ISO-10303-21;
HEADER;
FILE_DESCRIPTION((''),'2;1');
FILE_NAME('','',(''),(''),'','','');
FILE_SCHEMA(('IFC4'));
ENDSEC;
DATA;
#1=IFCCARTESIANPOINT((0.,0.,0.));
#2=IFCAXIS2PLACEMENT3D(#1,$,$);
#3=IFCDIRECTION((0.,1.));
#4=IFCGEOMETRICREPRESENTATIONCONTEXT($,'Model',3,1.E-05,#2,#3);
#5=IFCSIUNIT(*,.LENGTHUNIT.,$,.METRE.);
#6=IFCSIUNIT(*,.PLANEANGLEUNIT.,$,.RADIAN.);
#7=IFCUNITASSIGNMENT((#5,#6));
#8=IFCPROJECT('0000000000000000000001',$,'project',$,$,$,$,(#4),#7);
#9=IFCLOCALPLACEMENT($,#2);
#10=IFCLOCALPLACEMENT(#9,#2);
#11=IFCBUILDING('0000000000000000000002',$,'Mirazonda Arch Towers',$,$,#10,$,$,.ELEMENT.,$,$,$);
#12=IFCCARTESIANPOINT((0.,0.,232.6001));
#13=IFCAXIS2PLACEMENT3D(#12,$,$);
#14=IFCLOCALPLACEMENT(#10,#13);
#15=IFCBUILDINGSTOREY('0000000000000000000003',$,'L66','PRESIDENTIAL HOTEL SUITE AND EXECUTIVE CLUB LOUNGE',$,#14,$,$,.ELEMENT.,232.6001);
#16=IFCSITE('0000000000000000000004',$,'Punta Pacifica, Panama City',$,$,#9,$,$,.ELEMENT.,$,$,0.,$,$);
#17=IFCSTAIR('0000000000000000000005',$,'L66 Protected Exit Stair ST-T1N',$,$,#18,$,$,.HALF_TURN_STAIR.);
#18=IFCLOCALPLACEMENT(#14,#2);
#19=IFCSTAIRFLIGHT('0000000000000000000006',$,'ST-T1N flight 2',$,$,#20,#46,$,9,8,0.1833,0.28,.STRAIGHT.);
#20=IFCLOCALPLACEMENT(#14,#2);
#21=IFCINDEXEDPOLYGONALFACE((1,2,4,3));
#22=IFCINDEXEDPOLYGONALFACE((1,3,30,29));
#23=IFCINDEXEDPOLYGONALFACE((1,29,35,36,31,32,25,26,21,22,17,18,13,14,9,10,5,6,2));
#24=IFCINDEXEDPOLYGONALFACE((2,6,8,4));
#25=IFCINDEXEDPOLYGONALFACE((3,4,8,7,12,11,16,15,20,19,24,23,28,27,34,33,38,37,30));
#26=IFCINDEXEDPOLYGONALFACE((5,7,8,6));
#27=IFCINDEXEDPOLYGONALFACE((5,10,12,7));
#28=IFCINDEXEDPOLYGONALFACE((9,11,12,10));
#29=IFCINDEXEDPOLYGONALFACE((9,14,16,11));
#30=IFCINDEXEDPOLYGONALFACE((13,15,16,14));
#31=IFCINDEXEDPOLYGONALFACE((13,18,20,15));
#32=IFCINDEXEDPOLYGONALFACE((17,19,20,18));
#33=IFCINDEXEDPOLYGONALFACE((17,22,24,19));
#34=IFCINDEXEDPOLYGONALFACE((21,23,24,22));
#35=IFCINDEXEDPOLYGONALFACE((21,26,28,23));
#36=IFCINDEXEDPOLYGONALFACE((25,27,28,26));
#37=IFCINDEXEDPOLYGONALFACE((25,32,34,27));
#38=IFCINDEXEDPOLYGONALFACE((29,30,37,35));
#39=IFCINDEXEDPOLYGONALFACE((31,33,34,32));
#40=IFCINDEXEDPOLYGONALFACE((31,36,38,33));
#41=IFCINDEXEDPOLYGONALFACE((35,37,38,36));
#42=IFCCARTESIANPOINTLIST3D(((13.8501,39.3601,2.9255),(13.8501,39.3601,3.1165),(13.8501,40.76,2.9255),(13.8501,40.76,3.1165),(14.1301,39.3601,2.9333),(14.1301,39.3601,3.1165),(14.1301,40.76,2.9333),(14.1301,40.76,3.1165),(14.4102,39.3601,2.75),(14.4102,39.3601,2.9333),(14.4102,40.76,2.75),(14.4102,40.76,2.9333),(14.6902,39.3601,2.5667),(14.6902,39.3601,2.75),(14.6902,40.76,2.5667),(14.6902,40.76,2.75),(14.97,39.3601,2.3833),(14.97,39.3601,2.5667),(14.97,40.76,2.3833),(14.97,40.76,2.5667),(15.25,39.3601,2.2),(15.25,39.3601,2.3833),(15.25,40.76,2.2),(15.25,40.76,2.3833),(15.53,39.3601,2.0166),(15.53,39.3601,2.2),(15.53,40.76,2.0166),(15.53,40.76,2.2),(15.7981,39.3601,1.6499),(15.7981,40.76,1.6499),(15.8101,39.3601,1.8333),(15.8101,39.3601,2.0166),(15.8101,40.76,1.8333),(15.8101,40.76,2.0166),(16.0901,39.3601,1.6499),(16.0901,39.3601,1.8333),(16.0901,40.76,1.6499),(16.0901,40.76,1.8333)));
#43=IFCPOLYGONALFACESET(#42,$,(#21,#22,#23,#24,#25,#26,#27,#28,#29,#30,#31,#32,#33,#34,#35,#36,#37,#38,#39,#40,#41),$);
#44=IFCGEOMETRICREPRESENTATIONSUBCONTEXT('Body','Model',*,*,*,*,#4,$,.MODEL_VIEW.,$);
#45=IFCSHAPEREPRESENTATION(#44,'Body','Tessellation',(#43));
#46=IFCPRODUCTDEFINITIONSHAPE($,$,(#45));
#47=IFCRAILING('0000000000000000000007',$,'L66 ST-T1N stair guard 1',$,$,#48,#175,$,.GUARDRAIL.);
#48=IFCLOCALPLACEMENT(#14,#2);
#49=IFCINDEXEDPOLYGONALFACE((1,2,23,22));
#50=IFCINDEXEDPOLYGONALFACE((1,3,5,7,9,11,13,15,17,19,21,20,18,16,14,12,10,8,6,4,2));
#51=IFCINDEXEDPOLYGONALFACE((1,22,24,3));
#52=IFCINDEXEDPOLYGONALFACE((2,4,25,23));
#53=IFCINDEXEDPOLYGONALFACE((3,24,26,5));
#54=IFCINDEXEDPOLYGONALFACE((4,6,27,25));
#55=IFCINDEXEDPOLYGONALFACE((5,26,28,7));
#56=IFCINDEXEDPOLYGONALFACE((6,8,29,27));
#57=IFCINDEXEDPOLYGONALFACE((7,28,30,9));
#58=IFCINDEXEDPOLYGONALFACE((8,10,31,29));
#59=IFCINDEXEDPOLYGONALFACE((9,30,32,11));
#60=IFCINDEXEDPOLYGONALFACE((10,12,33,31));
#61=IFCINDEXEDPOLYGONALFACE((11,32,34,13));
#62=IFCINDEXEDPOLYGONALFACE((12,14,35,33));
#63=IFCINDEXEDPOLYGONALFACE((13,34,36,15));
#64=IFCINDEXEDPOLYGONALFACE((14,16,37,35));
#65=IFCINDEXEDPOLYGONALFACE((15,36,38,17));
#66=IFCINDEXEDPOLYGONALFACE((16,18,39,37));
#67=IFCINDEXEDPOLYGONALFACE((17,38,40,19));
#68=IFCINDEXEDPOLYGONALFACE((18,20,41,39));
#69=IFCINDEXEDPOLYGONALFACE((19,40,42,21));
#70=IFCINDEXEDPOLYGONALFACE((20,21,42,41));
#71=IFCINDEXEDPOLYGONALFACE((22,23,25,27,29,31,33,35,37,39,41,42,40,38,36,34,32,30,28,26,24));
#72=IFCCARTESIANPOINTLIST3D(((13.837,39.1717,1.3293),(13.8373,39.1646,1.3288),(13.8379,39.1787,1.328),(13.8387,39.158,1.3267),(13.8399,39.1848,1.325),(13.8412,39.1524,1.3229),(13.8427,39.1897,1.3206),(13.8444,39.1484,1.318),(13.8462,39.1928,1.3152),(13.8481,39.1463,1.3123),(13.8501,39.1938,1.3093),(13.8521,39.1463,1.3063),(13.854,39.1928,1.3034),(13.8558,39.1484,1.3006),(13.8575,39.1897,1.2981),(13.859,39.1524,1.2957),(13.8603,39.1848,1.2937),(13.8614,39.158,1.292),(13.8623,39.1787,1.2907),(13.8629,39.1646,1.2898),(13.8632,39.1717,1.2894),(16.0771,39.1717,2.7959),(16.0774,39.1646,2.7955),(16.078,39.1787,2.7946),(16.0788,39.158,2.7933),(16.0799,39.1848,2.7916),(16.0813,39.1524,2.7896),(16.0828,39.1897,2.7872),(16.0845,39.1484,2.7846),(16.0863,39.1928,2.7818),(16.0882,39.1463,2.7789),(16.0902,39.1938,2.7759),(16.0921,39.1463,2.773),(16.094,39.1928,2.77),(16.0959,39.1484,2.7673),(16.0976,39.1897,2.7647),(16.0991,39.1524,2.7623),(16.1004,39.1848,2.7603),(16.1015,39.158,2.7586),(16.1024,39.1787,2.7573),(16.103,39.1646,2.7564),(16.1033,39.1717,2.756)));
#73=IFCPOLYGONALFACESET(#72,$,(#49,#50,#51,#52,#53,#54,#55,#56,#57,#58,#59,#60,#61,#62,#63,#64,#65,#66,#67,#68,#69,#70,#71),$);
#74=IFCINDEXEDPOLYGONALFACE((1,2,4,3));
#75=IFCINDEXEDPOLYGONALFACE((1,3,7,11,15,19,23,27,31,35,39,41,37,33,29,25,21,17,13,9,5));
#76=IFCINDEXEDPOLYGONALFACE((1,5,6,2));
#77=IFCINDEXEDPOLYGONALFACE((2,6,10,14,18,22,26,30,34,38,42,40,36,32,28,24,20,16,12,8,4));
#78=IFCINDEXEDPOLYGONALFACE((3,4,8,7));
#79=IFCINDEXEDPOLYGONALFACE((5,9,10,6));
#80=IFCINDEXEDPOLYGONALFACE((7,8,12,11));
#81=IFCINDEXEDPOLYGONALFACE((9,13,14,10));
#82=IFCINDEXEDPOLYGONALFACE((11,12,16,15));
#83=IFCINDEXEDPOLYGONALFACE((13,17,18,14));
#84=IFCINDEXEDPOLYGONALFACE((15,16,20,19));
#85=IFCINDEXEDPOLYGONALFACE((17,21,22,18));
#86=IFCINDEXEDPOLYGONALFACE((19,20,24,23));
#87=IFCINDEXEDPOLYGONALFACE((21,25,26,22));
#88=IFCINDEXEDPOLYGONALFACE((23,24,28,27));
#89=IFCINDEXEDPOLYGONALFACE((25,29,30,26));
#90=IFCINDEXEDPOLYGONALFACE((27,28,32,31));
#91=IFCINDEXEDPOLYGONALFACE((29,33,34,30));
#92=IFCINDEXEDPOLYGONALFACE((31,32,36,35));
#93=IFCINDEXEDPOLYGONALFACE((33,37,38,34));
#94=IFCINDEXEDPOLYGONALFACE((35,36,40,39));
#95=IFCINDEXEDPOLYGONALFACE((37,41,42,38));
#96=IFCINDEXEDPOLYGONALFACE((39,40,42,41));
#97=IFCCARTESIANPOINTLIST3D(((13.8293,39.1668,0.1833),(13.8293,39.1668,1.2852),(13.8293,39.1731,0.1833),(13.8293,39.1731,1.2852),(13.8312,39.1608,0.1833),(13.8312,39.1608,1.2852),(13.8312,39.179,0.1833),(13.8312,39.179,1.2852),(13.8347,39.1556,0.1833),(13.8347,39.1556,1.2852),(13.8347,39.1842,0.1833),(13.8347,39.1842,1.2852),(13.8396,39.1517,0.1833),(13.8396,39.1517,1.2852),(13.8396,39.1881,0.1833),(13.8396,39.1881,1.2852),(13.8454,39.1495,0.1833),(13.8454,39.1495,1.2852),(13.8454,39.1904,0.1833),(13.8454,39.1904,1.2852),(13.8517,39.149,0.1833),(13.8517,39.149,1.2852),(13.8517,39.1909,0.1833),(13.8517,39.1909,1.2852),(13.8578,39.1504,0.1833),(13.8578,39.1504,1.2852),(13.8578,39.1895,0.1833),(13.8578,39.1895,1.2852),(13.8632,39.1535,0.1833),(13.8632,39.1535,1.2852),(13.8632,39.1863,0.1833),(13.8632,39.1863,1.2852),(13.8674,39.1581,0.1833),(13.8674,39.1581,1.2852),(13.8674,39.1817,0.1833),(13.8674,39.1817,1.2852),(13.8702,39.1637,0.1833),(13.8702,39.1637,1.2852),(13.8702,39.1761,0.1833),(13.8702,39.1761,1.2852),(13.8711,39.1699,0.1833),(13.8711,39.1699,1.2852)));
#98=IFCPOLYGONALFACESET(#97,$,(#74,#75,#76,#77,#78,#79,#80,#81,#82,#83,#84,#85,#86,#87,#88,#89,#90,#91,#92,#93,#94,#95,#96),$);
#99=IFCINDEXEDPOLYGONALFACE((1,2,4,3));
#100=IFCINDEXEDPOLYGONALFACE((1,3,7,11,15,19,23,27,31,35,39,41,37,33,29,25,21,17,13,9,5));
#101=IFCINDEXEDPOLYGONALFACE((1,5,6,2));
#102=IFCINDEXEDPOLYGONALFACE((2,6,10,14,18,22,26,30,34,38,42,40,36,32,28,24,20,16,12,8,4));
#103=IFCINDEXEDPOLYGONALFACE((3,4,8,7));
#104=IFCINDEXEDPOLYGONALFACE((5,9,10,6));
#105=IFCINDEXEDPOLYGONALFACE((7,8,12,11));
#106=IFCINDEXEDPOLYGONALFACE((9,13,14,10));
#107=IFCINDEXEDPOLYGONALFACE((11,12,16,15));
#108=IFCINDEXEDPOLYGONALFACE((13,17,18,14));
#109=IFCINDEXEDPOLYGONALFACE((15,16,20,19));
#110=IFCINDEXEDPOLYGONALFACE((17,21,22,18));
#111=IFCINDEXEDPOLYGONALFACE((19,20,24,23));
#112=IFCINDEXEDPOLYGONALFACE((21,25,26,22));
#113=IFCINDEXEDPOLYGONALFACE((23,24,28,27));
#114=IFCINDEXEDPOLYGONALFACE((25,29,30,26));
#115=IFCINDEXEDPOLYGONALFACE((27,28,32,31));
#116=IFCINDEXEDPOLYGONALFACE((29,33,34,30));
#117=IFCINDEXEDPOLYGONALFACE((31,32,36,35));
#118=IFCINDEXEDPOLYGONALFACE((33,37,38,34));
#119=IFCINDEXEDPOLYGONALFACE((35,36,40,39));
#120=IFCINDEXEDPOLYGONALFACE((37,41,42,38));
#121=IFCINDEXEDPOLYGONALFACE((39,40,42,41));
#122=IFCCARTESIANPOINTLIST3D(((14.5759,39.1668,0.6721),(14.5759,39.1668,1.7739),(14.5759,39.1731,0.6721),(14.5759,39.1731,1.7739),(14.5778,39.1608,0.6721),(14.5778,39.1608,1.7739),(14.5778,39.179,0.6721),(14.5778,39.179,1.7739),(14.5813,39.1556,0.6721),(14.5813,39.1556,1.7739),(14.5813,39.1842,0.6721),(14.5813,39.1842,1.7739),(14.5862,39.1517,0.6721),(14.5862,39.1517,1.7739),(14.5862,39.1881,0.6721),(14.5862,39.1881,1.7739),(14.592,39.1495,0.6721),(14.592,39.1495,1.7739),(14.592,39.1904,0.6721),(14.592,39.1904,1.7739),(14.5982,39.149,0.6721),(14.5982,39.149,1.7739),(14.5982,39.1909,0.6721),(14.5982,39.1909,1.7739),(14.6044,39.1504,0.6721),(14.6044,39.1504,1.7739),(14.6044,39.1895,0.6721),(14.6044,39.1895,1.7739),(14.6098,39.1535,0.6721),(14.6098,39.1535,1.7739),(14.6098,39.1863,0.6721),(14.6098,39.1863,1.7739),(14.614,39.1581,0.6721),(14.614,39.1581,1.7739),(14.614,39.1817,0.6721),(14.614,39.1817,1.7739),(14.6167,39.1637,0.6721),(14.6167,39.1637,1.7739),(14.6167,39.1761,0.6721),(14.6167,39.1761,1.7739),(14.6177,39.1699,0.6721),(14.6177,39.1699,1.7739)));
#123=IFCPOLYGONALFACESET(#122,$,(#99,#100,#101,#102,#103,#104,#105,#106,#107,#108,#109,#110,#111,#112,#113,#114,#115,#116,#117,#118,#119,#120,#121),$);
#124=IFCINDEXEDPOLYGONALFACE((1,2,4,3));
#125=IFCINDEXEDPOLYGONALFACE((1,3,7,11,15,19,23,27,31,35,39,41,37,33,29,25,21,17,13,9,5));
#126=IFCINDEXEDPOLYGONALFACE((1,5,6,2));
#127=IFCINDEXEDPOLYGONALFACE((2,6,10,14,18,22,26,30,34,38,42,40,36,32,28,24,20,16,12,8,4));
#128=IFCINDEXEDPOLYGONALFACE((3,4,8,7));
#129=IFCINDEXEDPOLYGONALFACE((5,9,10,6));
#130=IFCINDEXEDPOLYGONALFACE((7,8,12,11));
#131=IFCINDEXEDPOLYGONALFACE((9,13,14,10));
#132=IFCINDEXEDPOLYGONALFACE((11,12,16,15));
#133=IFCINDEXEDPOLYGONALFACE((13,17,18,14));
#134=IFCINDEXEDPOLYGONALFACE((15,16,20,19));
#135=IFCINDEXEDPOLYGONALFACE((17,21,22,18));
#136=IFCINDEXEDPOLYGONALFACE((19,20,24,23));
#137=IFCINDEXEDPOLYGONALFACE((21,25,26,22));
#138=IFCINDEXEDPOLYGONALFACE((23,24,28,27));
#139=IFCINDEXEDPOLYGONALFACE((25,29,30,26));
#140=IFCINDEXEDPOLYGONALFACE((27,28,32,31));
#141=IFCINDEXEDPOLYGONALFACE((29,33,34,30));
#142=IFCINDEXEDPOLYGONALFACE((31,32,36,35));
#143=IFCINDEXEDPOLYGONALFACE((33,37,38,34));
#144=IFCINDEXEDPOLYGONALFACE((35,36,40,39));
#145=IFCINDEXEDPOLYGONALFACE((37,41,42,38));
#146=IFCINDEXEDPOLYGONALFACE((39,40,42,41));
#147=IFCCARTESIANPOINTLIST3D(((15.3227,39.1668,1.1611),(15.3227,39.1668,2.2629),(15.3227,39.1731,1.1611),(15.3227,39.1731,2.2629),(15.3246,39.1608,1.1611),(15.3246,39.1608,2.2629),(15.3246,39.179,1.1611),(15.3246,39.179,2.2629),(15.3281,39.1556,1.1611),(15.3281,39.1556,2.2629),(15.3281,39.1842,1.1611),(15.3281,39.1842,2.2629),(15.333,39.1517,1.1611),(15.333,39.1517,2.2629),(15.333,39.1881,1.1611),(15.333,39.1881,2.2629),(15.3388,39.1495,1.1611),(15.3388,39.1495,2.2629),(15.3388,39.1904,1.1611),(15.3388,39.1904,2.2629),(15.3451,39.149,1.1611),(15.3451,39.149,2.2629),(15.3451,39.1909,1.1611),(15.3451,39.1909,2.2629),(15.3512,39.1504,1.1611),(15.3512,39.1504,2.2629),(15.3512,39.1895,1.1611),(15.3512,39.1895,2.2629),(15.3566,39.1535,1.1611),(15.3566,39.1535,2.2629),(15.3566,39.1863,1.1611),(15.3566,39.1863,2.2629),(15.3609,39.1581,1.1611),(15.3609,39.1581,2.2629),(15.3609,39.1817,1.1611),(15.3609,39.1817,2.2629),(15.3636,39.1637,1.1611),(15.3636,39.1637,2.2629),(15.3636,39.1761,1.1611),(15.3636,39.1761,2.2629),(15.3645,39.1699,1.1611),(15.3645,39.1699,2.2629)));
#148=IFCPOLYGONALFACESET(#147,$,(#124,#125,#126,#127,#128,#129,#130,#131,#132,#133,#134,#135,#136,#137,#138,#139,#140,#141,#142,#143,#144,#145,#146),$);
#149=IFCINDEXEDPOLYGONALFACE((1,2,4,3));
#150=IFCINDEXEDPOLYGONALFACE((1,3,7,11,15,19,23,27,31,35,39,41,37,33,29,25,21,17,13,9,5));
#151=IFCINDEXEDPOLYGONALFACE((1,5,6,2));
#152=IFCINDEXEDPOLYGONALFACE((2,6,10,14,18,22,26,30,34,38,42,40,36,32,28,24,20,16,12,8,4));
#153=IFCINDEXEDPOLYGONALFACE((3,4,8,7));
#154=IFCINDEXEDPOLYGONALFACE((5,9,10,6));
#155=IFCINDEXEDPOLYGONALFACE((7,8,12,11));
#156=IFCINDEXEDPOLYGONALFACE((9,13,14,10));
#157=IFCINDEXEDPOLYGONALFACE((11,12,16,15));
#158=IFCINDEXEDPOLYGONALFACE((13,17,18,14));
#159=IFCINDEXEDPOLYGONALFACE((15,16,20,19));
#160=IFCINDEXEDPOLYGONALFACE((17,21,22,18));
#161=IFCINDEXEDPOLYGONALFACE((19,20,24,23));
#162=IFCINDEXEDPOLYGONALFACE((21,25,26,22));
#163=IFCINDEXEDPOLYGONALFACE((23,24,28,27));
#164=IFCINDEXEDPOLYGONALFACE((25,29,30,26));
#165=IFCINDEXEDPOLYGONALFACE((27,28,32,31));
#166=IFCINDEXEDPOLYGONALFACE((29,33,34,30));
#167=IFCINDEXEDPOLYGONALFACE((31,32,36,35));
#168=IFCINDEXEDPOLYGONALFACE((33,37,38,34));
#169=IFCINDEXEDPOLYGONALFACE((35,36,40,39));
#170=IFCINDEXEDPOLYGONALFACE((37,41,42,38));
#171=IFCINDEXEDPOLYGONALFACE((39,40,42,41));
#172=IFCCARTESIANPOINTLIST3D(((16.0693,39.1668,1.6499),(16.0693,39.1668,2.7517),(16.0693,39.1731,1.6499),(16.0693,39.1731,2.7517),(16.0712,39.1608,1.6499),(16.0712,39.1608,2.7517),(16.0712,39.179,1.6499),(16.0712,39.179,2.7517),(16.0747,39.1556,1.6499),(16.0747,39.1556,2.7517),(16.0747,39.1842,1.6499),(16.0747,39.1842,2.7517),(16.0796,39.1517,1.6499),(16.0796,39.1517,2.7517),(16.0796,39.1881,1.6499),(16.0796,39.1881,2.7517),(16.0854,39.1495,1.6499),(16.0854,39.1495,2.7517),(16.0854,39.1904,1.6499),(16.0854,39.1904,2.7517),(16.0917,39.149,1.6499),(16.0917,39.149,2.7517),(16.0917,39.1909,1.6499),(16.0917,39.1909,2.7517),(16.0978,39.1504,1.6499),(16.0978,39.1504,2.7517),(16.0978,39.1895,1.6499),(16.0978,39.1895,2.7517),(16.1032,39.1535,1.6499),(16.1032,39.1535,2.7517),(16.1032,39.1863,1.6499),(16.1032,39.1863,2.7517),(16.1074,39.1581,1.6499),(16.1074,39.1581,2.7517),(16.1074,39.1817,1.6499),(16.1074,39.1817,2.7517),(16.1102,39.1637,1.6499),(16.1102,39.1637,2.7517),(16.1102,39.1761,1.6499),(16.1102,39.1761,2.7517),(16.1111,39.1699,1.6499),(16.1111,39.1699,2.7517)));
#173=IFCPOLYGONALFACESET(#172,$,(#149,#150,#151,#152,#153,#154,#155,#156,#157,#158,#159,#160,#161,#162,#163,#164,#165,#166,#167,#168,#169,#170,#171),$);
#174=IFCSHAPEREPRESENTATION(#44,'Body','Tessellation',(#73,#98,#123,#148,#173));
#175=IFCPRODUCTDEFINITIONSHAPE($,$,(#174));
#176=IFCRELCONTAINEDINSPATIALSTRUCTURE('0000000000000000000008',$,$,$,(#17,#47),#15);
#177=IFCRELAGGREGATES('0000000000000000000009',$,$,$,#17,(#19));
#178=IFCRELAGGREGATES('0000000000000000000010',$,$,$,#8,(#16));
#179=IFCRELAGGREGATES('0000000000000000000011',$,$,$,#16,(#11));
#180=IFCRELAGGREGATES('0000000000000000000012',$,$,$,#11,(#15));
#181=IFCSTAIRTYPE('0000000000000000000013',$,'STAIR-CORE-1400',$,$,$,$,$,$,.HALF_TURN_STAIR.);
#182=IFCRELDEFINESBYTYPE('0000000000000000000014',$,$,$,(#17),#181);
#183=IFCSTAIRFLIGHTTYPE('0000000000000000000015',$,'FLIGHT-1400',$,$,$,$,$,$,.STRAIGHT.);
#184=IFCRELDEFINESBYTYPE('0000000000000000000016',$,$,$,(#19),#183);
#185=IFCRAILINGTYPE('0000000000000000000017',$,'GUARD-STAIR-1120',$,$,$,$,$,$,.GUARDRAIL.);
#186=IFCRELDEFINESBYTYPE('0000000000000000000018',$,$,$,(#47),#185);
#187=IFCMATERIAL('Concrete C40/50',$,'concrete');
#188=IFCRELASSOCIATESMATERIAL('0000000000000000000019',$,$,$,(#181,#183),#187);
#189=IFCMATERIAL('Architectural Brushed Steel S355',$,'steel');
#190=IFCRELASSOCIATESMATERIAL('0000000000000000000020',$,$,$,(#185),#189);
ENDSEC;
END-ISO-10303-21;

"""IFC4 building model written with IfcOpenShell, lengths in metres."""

from ifc_helpers import new_model, si_unit, direction, frame, origin, origin_2d, place, context, subcontext, project, spatial, polyline, circle, outline, extrude, material, type_object, element, aggregate, save


model = new_model("IFC4")

# Units and contexts
model_context = context("Model", 3, precision=1e-05, world=origin(), true_north=direction((0.0, 1.0)))
body_context = subcontext(model_context, "Body", "Model", "MODEL_VIEW")
ifc_project = project(units=[si_unit("LENGTHUNIT", "METRE"), si_unit("PLANEANGLEUNIT", "RADIAN")], contexts=[model_context])

# Site, building, storey
site_placement = place(None, origin())
site = spatial("IfcSite", under=ifc_project, at=site_placement, Name="Punta Pacifica, Panama City", CompositionType="ELEMENT", RefElevation=0.0)
building_placement = place(site_placement, origin())
building = spatial("IfcBuilding", under=site, at=building_placement, Name="Mirazonda Arch Towers", CompositionType="ELEMENT")
storey_placement = place(building_placement, frame((0.0, 0.0, 232.6001)))
storey = spatial("IfcBuildingStorey", under=building, at=storey_placement, Name="L66", Description="PRESIDENTIAL HOTEL SUITE AND EXECUTIVE CLUB LOUNGE", CompositionType="ELEMENT", Elevation=232.6001)

# Shared definitions
ifc_material_1 = material(Name="Architectural Brushed Steel S355", Category="steel")

# Stair, stair flight
ifc_material_2 = material(Name="Concrete C40/50", Category="concrete")
stair_type = type_object("IfcStairType", Name="STAIR-CORE-1400", PredefinedType="HALF_TURN_STAIR", material=ifc_material_2)
stair_placement = place(storey_placement, origin())
stair = element("IfcStair", 1, at=stair_placement, inside=storey, type_object=stair_type, Name="L66 Protected Exit Stair ST-T1N", PredefinedType="HALF_TURN_STAIR")
stair_flight_type = type_object("IfcStairFlightType", Name="FLIGHT-1400", PredefinedType="STRAIGHT", material=ifc_material_2)
stair_flight_1_placement = place(storey_placement, frame((16.0901, 40.0601, 1.6499), z_axis=(0.0, 0.0, 1.0), x_axis=(-1.0, 0.0, 0.0)))
stair_flight_1 = element("IfcStairFlight", 2, at=stair_flight_1_placement, type_object=stair_flight_type, Name="ST-T1N flight 2", NumberOfRisers=9, NumberOfTreads=8, PredefinedType="STRAIGHT", RiserHeight=0.1833, TreadLength=0.28, context=body_context, shape_type="SweptSolid", body=[
    extrude(outline(polyline([(0.0, 0.0), (0.0, 0.1833), (0.28, 0.1833), (0.28, 0.3667), (0.5601, 0.3667), (0.5601, 0.55), (0.8401, 0.55), (0.8401, 0.7334), (1.1201, 0.7334), (1.1201, 0.9167), (1.3999, 0.9167), (1.3999, 1.1001), (1.6799, 1.1001), (1.6799, 1.2834), (1.96, 1.2834), (1.96, 1.4666), (2.24, 1.4666), (2.24, 1.6499), (2.24, 1.2756), (0.292, 0.0), (0.0, 0.0)])), frame((0.0, 0.7, 0.0), z_axis=(0.0, -1.0, 0.0), x_axis=(1.0, 0.0, 0.0)), (0.0, 0.0, 1.0), 1.3999),
])
aggregate(stair, [stair_flight_1])

# Railing
railing_type_1 = type_object("IfcRailingType", Name="GUARD-STAIR-1120", PredefinedType="GUARDRAIL", material=ifc_material_1)
railing_1_placement = place(storey_placement, frame((13.8501, 39.1699, 0.1833)))
element("IfcRailing", 3, at=railing_1_placement, inside=storey, type_object=railing_type_1, Name="L66 ST-T1N stair guard 1", PredefinedType="GUARDRAIL", context=body_context, shape_type="SweptSolid", body=[
    extrude(circle(Radius=0.0239, at=origin_2d()), frame((0.0, 0.0, 1.126), z_axis=(0.836637, 0.0, 0.547758), x_axis=(0.0, 1.0, 0.0)), (0.0, 0.0, 1.0), 2.6775),
    extrude(circle(Radius=0.021, at=origin_2d()), origin(), (0.0, 0.0, 1.0), 1.1018),
    extrude(circle(Radius=0.021, at=origin_2d()), frame((0.7466, 0.0, 0.4888)), (0.0, 0.0, 1.0), 1.1018),
    extrude(circle(Radius=0.021, at=origin_2d()), frame((1.4934, 0.0, 0.9778)), (0.0, 0.0, 1.0), 1.1018),
    extrude(circle(Radius=0.021, at=origin_2d()), frame((2.24, 0.0, 1.4666)), (0.0, 0.0, 1.0), 1.1018),
])

save(model, "model.ifc")
